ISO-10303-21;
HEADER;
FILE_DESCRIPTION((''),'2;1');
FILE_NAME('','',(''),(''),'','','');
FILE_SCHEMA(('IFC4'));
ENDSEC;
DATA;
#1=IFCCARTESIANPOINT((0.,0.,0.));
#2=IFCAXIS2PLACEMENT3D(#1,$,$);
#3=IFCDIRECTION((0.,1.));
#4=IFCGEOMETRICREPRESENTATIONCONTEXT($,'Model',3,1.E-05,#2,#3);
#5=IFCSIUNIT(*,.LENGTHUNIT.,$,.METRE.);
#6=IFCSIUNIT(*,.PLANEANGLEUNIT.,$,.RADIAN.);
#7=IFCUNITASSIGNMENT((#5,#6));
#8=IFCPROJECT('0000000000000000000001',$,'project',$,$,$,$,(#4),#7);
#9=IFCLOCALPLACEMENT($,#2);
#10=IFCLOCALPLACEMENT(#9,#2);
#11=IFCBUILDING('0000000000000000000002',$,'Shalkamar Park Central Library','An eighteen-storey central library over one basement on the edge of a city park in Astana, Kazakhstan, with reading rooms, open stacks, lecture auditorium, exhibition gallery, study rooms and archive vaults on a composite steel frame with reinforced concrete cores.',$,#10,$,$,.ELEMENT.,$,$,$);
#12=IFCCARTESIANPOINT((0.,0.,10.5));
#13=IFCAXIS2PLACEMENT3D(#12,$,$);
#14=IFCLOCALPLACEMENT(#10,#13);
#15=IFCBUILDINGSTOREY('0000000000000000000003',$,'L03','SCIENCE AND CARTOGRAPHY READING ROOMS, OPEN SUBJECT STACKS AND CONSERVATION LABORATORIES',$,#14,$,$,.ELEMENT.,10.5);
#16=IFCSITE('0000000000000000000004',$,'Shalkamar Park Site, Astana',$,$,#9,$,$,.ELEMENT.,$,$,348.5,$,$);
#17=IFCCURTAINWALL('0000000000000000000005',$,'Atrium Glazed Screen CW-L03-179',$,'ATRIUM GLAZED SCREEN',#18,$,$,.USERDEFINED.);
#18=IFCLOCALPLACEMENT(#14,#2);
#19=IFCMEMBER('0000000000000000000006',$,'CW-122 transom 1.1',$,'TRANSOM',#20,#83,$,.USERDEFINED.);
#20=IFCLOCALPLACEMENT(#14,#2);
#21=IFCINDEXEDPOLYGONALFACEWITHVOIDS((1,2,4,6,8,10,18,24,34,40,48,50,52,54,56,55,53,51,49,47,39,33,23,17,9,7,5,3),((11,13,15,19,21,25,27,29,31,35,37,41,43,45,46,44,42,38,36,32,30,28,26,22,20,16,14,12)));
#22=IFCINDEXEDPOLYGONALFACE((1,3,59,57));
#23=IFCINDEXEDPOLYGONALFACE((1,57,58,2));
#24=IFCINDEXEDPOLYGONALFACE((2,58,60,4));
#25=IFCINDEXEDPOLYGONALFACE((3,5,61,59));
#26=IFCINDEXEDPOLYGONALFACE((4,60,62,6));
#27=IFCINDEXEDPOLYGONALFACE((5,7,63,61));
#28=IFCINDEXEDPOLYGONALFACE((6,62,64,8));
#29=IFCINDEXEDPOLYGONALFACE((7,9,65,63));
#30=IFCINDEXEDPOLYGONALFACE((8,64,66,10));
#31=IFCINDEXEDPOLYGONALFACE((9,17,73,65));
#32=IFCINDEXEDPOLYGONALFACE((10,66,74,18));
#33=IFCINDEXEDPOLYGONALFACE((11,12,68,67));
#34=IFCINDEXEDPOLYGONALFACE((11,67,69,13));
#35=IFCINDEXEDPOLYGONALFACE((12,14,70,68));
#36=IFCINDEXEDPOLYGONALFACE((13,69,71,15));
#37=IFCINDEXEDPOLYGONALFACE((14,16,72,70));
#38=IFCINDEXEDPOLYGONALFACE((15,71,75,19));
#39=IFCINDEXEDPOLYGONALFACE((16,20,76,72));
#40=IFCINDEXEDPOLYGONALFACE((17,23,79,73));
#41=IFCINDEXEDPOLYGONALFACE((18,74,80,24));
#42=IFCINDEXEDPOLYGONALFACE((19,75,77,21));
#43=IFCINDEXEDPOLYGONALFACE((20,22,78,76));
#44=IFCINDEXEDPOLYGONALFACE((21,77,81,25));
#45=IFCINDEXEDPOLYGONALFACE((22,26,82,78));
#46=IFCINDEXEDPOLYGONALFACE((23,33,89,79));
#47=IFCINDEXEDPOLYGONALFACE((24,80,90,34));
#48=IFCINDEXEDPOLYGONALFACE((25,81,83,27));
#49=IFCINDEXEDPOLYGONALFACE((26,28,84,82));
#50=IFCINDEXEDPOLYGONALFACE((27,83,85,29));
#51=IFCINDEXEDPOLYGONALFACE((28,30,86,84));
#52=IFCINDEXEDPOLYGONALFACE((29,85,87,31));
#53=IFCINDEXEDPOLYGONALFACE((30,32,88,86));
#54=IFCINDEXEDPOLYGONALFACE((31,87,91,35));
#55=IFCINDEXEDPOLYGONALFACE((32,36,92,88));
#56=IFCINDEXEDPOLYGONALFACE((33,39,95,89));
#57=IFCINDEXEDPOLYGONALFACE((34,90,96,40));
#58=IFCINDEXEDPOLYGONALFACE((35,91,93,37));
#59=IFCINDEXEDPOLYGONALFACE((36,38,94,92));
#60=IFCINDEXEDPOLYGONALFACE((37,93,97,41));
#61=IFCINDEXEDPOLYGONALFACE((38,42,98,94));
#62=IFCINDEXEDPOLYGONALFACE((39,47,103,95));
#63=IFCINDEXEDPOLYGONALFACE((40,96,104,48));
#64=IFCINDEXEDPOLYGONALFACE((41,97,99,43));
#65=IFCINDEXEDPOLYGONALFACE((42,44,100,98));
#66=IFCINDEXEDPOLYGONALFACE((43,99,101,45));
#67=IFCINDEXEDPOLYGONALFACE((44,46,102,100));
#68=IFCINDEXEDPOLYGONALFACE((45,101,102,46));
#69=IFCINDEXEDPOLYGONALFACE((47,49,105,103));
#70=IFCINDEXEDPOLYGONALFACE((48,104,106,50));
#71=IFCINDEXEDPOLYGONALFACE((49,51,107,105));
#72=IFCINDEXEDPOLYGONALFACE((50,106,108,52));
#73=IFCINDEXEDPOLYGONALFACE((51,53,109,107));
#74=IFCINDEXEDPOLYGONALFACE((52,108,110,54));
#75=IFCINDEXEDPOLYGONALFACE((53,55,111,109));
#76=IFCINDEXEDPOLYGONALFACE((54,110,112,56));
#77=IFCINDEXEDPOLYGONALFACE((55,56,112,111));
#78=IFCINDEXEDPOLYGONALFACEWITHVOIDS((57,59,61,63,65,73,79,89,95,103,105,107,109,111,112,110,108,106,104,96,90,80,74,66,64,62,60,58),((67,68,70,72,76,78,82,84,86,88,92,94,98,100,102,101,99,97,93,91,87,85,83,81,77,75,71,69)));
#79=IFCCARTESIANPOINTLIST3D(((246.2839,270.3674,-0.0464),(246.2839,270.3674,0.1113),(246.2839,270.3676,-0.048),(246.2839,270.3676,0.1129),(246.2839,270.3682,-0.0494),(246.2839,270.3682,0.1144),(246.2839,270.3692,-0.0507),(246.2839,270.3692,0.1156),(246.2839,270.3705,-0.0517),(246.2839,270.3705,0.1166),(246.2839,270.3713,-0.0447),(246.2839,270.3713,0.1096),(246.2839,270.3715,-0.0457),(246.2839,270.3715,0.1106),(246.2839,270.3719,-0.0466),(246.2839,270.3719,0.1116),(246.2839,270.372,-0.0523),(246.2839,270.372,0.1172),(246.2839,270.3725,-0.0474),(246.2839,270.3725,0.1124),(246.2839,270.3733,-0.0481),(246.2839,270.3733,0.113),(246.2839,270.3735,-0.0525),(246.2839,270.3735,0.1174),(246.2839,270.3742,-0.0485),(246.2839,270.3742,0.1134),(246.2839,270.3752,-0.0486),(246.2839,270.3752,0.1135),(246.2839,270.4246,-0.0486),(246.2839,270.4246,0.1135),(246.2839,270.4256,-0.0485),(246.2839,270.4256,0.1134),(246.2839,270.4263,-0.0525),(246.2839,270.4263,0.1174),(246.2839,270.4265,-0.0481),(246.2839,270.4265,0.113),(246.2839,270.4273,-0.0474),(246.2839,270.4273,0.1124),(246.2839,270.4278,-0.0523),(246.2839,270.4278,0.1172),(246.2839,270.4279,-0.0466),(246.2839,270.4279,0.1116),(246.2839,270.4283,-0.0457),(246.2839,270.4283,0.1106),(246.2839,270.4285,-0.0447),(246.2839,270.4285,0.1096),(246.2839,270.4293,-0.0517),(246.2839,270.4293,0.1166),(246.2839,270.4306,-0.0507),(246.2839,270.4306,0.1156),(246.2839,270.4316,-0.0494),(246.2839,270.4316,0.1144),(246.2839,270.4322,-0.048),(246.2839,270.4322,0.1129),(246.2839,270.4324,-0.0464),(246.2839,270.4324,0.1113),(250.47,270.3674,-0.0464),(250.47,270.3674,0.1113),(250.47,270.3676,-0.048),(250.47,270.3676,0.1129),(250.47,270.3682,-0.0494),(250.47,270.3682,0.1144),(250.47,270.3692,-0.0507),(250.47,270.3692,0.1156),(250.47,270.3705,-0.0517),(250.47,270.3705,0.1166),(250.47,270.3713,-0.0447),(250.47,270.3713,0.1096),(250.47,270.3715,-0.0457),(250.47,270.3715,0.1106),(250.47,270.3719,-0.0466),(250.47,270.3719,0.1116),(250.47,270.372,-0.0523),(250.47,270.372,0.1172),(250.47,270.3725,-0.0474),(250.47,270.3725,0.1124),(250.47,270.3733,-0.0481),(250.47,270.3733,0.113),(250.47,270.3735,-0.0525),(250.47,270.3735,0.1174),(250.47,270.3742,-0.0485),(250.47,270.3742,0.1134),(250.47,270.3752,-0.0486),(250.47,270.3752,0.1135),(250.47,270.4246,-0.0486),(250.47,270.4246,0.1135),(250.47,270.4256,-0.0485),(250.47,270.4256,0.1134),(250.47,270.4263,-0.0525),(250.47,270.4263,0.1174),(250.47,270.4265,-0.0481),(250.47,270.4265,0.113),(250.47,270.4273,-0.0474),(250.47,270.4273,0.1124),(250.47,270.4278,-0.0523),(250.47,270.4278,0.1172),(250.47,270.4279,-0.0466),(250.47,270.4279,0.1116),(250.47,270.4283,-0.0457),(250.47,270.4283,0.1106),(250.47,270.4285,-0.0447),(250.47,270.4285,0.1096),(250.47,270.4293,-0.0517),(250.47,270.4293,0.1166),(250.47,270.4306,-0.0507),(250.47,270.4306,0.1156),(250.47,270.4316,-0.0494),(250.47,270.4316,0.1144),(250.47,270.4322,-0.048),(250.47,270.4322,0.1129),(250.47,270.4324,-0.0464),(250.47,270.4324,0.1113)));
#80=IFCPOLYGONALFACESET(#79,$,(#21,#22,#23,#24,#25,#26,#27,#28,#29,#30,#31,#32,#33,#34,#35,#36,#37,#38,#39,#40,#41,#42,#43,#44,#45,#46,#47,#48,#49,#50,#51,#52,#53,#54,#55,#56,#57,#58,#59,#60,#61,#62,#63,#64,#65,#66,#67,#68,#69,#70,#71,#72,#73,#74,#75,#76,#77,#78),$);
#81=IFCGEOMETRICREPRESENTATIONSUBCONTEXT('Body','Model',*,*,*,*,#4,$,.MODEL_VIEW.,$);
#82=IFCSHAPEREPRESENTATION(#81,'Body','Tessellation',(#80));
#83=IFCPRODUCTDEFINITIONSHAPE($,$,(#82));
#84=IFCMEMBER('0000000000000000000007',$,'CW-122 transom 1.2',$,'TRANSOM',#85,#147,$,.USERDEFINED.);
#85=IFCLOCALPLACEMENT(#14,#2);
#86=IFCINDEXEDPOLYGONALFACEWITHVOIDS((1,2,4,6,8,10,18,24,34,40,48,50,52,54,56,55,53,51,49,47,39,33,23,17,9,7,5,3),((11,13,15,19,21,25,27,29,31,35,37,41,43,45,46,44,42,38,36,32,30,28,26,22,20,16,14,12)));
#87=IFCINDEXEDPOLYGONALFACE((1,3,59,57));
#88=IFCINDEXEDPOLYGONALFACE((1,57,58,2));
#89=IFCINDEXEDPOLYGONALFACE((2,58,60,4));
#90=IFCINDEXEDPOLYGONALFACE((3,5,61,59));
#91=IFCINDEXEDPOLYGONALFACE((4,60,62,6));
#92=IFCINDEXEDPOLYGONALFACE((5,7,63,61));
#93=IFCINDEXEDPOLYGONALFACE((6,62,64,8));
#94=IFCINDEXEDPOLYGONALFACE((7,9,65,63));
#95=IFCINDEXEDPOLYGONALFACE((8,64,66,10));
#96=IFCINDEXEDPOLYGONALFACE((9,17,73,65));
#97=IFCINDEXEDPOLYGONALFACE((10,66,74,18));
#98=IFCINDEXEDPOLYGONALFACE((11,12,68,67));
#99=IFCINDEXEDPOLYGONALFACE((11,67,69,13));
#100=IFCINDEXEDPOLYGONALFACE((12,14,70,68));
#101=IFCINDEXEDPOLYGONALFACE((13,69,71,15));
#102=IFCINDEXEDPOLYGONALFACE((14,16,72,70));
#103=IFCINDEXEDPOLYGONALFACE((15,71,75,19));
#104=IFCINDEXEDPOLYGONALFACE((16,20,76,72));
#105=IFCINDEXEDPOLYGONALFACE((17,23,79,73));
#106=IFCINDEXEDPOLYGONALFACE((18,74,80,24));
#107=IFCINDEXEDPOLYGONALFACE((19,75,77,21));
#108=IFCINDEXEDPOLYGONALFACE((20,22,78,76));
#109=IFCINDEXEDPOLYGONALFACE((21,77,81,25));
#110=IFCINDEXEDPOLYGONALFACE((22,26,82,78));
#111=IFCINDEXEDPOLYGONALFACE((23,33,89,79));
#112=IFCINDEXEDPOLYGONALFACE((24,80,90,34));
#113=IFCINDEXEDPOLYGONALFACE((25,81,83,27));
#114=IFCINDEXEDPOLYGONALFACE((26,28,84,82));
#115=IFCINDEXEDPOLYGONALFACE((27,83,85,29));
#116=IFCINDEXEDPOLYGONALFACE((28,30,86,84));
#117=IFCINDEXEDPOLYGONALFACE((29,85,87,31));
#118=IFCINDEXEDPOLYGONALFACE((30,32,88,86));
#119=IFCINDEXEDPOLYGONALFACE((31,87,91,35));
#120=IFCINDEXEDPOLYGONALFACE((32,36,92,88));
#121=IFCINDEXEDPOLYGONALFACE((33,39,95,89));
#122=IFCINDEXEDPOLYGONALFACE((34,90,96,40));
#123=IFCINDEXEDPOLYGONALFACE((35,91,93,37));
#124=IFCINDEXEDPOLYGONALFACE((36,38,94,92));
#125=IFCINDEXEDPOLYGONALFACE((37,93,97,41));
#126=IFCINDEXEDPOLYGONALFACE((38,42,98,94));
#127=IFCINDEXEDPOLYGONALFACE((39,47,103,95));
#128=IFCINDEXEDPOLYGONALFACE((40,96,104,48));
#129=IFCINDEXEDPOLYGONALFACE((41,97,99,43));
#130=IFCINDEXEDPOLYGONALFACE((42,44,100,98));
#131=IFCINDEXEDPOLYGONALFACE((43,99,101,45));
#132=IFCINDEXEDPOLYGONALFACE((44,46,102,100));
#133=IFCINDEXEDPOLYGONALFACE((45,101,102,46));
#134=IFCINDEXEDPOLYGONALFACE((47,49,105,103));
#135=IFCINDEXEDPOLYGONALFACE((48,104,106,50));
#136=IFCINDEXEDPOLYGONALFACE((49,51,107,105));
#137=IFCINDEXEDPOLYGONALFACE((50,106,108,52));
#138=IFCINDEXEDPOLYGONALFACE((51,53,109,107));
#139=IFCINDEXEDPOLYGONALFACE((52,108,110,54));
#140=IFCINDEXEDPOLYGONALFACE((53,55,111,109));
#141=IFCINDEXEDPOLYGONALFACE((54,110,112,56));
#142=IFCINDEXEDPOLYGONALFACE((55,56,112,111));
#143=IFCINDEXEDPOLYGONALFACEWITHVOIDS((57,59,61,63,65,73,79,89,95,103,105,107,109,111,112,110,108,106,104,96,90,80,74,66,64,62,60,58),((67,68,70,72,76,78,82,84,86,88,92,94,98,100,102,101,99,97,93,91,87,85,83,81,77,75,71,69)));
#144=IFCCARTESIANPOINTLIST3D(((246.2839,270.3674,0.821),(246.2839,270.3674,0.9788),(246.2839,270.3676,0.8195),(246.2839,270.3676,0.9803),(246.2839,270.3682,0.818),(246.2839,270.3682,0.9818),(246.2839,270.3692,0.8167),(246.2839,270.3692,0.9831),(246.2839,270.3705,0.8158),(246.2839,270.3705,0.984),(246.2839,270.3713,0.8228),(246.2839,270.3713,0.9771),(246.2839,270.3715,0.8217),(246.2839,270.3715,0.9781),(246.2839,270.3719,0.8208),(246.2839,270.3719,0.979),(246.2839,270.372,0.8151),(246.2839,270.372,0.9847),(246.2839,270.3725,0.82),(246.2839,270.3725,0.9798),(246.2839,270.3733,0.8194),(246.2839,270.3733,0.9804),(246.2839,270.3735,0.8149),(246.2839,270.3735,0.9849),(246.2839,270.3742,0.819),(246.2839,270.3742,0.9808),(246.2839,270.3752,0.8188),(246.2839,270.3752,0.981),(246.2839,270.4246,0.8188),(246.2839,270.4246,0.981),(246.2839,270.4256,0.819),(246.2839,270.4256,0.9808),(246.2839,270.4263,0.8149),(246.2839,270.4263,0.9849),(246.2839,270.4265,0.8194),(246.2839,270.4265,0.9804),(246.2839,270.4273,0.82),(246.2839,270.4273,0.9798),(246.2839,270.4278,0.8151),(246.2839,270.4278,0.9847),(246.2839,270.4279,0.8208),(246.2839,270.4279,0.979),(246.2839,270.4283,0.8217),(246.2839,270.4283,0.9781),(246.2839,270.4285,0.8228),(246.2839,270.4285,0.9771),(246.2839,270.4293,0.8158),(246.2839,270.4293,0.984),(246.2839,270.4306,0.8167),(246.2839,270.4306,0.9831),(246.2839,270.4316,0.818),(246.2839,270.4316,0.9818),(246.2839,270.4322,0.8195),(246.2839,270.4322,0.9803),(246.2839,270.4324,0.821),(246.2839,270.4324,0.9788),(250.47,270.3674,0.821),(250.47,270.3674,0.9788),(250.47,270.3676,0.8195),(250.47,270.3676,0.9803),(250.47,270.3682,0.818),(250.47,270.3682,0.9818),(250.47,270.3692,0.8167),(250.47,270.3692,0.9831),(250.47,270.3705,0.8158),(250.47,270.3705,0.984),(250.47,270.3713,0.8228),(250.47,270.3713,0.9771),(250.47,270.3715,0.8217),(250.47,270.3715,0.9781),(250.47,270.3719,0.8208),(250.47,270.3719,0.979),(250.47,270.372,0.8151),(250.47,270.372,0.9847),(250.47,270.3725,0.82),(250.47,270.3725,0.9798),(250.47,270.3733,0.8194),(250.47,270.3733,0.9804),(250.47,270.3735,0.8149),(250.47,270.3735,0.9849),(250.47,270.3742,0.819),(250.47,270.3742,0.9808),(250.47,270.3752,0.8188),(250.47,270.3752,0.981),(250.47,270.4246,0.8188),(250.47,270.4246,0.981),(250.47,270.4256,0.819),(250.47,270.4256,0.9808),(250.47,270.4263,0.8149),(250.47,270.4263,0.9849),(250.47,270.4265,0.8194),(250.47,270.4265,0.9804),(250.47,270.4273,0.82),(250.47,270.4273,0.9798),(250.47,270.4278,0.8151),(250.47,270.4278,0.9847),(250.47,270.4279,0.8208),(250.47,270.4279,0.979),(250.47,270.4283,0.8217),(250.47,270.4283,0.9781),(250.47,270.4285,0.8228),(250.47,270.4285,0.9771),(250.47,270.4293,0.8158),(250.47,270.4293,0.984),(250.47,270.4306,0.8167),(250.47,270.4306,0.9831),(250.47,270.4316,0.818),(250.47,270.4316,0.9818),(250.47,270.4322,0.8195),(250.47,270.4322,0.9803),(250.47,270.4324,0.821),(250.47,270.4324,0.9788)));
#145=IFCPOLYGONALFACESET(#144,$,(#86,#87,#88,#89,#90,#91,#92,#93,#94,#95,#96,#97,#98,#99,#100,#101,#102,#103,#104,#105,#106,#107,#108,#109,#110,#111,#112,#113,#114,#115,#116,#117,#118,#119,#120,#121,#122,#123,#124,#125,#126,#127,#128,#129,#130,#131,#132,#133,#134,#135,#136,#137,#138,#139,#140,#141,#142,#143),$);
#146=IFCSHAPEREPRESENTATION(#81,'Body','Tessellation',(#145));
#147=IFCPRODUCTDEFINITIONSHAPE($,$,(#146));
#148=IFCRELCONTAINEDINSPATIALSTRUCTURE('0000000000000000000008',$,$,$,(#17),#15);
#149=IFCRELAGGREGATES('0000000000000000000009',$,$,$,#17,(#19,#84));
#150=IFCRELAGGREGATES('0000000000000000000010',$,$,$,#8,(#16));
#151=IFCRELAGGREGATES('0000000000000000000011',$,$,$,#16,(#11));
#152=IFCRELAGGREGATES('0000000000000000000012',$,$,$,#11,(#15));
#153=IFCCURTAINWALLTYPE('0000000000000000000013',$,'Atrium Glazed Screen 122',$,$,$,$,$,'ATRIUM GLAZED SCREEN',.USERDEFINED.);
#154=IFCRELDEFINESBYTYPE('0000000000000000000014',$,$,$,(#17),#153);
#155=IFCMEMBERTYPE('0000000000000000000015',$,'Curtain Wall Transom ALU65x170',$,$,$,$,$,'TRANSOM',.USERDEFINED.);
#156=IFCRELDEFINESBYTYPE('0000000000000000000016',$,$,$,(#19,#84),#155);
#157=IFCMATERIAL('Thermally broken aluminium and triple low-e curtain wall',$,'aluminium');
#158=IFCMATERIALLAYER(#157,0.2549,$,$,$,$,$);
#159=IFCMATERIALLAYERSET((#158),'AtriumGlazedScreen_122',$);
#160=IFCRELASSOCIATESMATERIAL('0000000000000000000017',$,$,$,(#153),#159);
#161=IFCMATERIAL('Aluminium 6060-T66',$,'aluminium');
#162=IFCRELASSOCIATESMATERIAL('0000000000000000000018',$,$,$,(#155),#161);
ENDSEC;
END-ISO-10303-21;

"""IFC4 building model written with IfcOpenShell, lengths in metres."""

from ifc_helpers import new_model, si_unit, direction, frame, origin, origin_2d, place, context, subcontext, project, spatial, hollow_rectangle, extrude, material, layer, layer_set, material_profile, profile_set, type_object, element, aggregate, save


model = new_model("IFC4")

# Units and contexts
model_context = context("Model", 3, precision=1e-05, world=origin(), true_north=direction((0.0, 1.0)))
body_context = subcontext(model_context, "Body", "Model", "MODEL_VIEW")
ifc_project = project(units=[si_unit("LENGTHUNIT", "METRE"), si_unit("PLANEANGLEUNIT", "RADIAN")], contexts=[model_context])

# Site, building, storey
site_placement = place(None, origin())
site = spatial("IfcSite", under=ifc_project, at=site_placement, Name="Shalkamar Park Site, Astana", CompositionType="ELEMENT", RefElevation=348.5)
building_placement = place(site_placement, origin())
building = spatial("IfcBuilding", under=site, at=building_placement, Name="Shalkamar Park Central Library", Description="An eighteen-storey central library over one basement on the edge of a city park in Astana, Kazakhstan, with reading rooms, open stacks, lecture auditorium, exhibition gallery, study rooms and archive vaults on a composite steel frame with reinforced concrete cores.", CompositionType="ELEMENT")
storey_placement = place(building_placement, frame((0.0, 0.0, 10.5)))
storey = spatial("IfcBuildingStorey", under=building, at=storey_placement, Name="L03", Description="SCIENCE AND CARTOGRAPHY READING ROOMS, OPEN SUBJECT STACKS AND CONSERVATION LABORATORIES", CompositionType="ELEMENT", Elevation=10.5)

# Curtain wall, members
ifc_material_1 = material(Name="Thermally broken aluminium and triple low-e curtain wall", Category="aluminium")
ifc_layer_1 = layer(ifc_material_1, 0.2549)
ifc_layer_set_1 = layer_set([ifc_layer_1], Name="AtriumGlazedScreen_122")
curtain_wall_type = type_object("IfcCurtainWallType", Name="Atrium Glazed Screen 122", ElementType="ATRIUM GLAZED SCREEN", PredefinedType="USERDEFINED", material=ifc_layer_set_1)
curtain_wall_placement = place(storey_placement, origin())
curtain_wall = element("IfcCurtainWall", 1, at=curtain_wall_placement, inside=storey, type_object=curtain_wall_type, Name="Atrium Glazed Screen CW-L03-179", ObjectType="ATRIUM GLAZED SCREEN", PredefinedType="USERDEFINED")
ifc_material_2 = material(Name="Aluminium 6060-T66", Category="aluminium")
ifc_material_profile_1 = material_profile(ifc_material_2, hollow_rectangle(XDim=0.0649, YDim=0.1699, WallThickness=0.0039, InnerFilletRadius=0.0039, OuterFilletRadius=0.0061, at=origin_2d()), Name="ALU 65x170x4")
ifc_profile_set_1 = profile_set([ifc_material_profile_1], Name="Aluminium 6060-T66")
member_type_1 = type_object("IfcMemberType", Name="Curtain Wall Transom ALU65x170", ElementType="TRANSOM", PredefinedType="USERDEFINED", material=ifc_profile_set_1)
member_1_placement = place(storey_placement, frame((246.2839, 270.3999, 0.0325), z_axis=(1.0, 0.0, 0.0), x_axis=(0.0, 1.0, 0.0)))
member_1 = element("IfcMember", 2, at=member_1_placement, type_object=member_type_1, Name="CW-122 transom 1.1", ObjectType="TRANSOM", PredefinedType="USERDEFINED", context=body_context, shape_type="SweptSolid", body=[
    extrude(hollow_rectangle(XDim=0.0649, YDim=0.1699, WallThickness=0.0039, InnerFilletRadius=0.0039, OuterFilletRadius=0.0061, at=origin_2d()), origin(), (0.0, 0.0, 1.0), 4.186),
])
member_2_placement = place(storey_placement, frame((246.2839, 270.3999, 0.8999), z_axis=(1.0, 0.0, 0.0), x_axis=(0.0, 1.0, 0.0)))
member_2 = element("IfcMember", 3, at=member_2_placement, type_object=member_type_1, Name="CW-122 transom 1.2", ObjectType="TRANSOM", PredefinedType="USERDEFINED", context=body_context, shape_type="SweptSolid", body=[
    extrude(hollow_rectangle(XDim=0.0649, YDim=0.1699, WallThickness=0.0039, InnerFilletRadius=0.0039, OuterFilletRadius=0.0061, at=origin_2d()), origin(), (0.0, 0.0, 1.0), 4.186),
])

aggregate(curtain_wall, [member_1, member_2])

save(model, "model.ifc")
